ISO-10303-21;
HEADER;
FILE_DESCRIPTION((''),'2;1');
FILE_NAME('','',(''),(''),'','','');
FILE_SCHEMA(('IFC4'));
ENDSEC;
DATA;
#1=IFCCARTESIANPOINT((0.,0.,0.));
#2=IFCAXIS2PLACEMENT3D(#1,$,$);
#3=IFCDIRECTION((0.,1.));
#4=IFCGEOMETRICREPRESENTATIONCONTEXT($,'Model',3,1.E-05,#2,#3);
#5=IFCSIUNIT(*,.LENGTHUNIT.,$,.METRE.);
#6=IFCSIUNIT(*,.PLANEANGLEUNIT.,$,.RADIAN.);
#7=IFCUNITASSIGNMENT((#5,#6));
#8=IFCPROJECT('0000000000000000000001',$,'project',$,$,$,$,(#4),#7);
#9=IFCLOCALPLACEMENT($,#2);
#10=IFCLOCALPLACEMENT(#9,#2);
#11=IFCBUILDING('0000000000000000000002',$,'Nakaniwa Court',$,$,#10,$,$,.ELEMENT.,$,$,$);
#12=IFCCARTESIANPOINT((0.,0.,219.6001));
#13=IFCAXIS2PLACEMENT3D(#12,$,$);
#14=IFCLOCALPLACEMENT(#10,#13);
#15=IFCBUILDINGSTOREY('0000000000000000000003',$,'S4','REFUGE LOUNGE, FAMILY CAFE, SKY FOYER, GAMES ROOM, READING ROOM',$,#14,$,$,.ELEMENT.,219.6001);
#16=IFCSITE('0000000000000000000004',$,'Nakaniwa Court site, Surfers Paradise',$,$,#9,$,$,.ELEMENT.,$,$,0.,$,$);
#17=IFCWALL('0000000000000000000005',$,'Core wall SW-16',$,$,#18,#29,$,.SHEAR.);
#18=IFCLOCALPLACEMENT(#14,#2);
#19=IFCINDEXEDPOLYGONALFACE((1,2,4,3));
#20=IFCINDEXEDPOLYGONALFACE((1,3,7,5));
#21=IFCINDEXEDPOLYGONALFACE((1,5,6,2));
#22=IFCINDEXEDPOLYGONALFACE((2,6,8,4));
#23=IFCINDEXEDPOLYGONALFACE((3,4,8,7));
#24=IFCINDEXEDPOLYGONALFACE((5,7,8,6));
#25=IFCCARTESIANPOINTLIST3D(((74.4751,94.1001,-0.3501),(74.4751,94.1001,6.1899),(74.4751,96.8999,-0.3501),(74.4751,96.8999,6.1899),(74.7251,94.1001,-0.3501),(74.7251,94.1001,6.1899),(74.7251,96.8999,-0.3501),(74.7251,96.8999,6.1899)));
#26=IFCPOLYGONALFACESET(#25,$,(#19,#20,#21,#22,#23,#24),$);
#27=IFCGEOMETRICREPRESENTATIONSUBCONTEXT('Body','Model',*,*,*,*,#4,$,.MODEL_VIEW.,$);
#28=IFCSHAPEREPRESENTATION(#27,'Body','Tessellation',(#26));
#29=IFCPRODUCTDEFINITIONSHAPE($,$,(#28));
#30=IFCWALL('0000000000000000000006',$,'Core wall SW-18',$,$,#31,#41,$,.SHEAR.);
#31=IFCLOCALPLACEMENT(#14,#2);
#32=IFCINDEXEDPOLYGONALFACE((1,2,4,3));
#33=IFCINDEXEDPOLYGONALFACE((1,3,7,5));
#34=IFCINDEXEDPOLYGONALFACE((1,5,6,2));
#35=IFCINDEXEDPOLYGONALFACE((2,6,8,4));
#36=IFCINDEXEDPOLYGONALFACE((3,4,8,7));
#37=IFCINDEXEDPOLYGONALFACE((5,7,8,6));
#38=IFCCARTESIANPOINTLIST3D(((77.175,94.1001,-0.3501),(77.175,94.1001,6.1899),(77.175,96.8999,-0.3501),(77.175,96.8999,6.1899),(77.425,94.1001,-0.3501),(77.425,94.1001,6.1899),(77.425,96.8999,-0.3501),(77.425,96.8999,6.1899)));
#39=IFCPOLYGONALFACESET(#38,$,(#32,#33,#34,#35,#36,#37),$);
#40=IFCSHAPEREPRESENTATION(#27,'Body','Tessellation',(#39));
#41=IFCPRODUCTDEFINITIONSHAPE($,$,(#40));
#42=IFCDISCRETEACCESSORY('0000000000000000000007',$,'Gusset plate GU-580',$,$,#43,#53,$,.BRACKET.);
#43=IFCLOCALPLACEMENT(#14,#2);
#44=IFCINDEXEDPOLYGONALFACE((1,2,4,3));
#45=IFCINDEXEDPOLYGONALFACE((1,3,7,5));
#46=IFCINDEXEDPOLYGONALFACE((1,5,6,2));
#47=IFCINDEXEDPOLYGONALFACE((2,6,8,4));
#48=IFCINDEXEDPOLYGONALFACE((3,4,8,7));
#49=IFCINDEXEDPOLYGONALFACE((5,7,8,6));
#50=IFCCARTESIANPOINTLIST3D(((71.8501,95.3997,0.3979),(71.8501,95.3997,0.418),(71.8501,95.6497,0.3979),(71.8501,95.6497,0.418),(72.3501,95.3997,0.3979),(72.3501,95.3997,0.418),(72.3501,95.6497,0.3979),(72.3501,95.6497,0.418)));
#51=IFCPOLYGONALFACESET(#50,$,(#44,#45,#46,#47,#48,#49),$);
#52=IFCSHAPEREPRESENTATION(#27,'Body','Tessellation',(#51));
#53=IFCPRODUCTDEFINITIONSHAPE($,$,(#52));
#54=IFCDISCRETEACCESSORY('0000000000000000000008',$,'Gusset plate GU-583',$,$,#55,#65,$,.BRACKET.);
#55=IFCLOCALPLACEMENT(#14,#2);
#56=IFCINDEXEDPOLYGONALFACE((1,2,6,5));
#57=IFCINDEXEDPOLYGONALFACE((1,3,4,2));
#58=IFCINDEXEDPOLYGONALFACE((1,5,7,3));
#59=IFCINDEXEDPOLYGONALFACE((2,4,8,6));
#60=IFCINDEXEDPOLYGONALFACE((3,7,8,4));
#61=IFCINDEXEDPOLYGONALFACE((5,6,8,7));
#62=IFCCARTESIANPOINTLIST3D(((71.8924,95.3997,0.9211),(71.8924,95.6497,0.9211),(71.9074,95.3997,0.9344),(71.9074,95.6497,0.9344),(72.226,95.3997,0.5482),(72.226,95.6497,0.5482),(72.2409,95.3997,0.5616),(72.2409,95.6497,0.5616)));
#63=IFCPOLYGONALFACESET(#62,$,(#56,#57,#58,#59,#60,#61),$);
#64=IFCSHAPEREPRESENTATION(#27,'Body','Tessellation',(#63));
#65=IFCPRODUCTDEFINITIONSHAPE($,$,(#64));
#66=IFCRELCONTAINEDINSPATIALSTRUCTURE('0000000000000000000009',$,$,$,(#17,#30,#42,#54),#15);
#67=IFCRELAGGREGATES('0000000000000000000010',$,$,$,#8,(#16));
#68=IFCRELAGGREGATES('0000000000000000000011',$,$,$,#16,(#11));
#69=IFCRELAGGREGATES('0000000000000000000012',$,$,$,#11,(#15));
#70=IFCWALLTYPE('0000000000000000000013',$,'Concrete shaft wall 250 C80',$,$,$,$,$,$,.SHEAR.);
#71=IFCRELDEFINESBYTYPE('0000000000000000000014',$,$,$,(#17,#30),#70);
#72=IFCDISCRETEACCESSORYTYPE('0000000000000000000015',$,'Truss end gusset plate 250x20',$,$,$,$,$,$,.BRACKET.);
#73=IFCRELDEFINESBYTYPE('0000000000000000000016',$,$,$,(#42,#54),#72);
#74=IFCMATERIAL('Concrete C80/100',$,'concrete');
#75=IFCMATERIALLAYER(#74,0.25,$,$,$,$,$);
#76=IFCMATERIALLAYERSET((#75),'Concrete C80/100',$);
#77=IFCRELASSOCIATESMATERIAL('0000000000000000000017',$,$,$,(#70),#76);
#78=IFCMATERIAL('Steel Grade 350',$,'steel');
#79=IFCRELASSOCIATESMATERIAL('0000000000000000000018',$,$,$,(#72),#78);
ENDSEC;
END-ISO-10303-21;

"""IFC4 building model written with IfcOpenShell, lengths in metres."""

from ifc_helpers import new_model, si_unit, direction, frame, frame_2d, origin, origin_2d, place, context, subcontext, project, spatial, rectangle, extrude, material, layer, layer_set, material_profile, profile_set, type_object, element, save


model = new_model("IFC4")

# Units and contexts
model_context = context("Model", 3, precision=1e-05, world=origin(), true_north=direction((0.0, 1.0)))
body_context = subcontext(model_context, "Body", "Model", "MODEL_VIEW")
ifc_project = project(units=[si_unit("LENGTHUNIT", "METRE"), si_unit("PLANEANGLEUNIT", "RADIAN")], contexts=[model_context])

# Site, building, storey
site_placement = place(None, origin())
site = spatial("IfcSite", under=ifc_project, at=site_placement, Name="Nakaniwa Court site, Surfers Paradise", CompositionType="ELEMENT", RefElevation=0.0)
building_placement = place(site_placement, origin())
building = spatial("IfcBuilding", under=site, at=building_placement, Name="Nakaniwa Court", CompositionType="ELEMENT")
storey_placement = place(building_placement, frame((0.0, 0.0, 219.6001)))
storey = spatial("IfcBuildingStorey", under=building, at=storey_placement, Name="S4", Description="REFUGE LOUNGE, FAMILY CAFE, SKY FOYER, GAMES ROOM, READING ROOM", CompositionType="ELEMENT", Elevation=219.6001)

# Shared definitions
ifc_material_1 = material(Name="Concrete C80/100", Category="concrete")

# Walls
ifc_layer_1 = layer(ifc_material_1, 0.25)
ifc_layer_set_1 = layer_set([ifc_layer_1], Name="Concrete C80/100")
wall_type_1 = type_object("IfcWallType", Name="Concrete shaft wall 250 C80", PredefinedType="SHEAR", material=ifc_layer_set_1)
for number, where, z_axis, x_axis, name in (
    (1, (74.6001, 94.1001, -0.3501), (0.0, 0.0, 1.0), (0.0, 1.0, 0.0), "Core wall SW-16"),
    (2, (77.3, 94.1001, -0.3501), (0.0, 0.0, 1.0), (0.0, 1.0, 0.0), "Core wall SW-18"),
):
    element("IfcWall", number, at=place(storey_placement, frame(where, z_axis=z_axis, x_axis=x_axis)), inside=storey, type_object=wall_type_1, Name=name, PredefinedType="SHEAR", context=body_context, shape_type="SweptSolid", body=[
        extrude(rectangle(XDim=2.7998, YDim=0.25, at=frame_2d((1.3999, 0.0))), origin(), (0.0, 0.0, 1.0), 6.54),
    ])

# Discrete accessories
ifc_material_2 = material(Name="Steel Grade 350", Category="steel")
ifc_material_profile_1 = material_profile(ifc_material_2, rectangle(XDim=0.25, YDim=0.02, at=origin_2d()), Name="Truss end gusset plate 250x20")
ifc_profile_set_1 = profile_set([ifc_material_profile_1], Name="Steel Grade 350")
discrete_accessory_type = type_object("IfcDiscreteAccessoryType", Name="Truss end gusset plate 250x20", PredefinedType="BRACKET", material=ifc_profile_set_1)
discrete_accessory_1_placement = place(storey_placement, frame((71.8501, 95.5247, 0.408), z_axis=(1.0, 0.0, 0.0), x_axis=(0.0, 1.0, 0.0)))
element("IfcDiscreteAccessory", 3, at=discrete_accessory_1_placement, inside=storey, type_object=discrete_accessory_type, Name="Gusset plate GU-580", PredefinedType="BRACKET", context=body_context, shape_type="SweptSolid", body=[
    extrude(rectangle(XDim=0.25, YDim=0.02, at=origin_2d()), origin(), (0.0, 0.0, 1.0), 0.5),
])
discrete_accessory_2_placement = place(storey_placement, frame((71.8999, 95.5247, 0.9277), z_axis=(0.666724, 0.0, -0.745305), x_axis=(0.0, 1.0, 0.0)))
element("IfcDiscreteAccessory", 4, at=discrete_accessory_2_placement, inside=storey, type_object=discrete_accessory_type, Name="Gusset plate GU-583", PredefinedType="BRACKET", context=body_context, shape_type="SweptSolid", body=[
    extrude(rectangle(XDim=0.25, YDim=0.02, at=origin_2d()), origin(), (0.0, 0.0, 1.0), 0.5002),
])

save(model, "model.ifc")
